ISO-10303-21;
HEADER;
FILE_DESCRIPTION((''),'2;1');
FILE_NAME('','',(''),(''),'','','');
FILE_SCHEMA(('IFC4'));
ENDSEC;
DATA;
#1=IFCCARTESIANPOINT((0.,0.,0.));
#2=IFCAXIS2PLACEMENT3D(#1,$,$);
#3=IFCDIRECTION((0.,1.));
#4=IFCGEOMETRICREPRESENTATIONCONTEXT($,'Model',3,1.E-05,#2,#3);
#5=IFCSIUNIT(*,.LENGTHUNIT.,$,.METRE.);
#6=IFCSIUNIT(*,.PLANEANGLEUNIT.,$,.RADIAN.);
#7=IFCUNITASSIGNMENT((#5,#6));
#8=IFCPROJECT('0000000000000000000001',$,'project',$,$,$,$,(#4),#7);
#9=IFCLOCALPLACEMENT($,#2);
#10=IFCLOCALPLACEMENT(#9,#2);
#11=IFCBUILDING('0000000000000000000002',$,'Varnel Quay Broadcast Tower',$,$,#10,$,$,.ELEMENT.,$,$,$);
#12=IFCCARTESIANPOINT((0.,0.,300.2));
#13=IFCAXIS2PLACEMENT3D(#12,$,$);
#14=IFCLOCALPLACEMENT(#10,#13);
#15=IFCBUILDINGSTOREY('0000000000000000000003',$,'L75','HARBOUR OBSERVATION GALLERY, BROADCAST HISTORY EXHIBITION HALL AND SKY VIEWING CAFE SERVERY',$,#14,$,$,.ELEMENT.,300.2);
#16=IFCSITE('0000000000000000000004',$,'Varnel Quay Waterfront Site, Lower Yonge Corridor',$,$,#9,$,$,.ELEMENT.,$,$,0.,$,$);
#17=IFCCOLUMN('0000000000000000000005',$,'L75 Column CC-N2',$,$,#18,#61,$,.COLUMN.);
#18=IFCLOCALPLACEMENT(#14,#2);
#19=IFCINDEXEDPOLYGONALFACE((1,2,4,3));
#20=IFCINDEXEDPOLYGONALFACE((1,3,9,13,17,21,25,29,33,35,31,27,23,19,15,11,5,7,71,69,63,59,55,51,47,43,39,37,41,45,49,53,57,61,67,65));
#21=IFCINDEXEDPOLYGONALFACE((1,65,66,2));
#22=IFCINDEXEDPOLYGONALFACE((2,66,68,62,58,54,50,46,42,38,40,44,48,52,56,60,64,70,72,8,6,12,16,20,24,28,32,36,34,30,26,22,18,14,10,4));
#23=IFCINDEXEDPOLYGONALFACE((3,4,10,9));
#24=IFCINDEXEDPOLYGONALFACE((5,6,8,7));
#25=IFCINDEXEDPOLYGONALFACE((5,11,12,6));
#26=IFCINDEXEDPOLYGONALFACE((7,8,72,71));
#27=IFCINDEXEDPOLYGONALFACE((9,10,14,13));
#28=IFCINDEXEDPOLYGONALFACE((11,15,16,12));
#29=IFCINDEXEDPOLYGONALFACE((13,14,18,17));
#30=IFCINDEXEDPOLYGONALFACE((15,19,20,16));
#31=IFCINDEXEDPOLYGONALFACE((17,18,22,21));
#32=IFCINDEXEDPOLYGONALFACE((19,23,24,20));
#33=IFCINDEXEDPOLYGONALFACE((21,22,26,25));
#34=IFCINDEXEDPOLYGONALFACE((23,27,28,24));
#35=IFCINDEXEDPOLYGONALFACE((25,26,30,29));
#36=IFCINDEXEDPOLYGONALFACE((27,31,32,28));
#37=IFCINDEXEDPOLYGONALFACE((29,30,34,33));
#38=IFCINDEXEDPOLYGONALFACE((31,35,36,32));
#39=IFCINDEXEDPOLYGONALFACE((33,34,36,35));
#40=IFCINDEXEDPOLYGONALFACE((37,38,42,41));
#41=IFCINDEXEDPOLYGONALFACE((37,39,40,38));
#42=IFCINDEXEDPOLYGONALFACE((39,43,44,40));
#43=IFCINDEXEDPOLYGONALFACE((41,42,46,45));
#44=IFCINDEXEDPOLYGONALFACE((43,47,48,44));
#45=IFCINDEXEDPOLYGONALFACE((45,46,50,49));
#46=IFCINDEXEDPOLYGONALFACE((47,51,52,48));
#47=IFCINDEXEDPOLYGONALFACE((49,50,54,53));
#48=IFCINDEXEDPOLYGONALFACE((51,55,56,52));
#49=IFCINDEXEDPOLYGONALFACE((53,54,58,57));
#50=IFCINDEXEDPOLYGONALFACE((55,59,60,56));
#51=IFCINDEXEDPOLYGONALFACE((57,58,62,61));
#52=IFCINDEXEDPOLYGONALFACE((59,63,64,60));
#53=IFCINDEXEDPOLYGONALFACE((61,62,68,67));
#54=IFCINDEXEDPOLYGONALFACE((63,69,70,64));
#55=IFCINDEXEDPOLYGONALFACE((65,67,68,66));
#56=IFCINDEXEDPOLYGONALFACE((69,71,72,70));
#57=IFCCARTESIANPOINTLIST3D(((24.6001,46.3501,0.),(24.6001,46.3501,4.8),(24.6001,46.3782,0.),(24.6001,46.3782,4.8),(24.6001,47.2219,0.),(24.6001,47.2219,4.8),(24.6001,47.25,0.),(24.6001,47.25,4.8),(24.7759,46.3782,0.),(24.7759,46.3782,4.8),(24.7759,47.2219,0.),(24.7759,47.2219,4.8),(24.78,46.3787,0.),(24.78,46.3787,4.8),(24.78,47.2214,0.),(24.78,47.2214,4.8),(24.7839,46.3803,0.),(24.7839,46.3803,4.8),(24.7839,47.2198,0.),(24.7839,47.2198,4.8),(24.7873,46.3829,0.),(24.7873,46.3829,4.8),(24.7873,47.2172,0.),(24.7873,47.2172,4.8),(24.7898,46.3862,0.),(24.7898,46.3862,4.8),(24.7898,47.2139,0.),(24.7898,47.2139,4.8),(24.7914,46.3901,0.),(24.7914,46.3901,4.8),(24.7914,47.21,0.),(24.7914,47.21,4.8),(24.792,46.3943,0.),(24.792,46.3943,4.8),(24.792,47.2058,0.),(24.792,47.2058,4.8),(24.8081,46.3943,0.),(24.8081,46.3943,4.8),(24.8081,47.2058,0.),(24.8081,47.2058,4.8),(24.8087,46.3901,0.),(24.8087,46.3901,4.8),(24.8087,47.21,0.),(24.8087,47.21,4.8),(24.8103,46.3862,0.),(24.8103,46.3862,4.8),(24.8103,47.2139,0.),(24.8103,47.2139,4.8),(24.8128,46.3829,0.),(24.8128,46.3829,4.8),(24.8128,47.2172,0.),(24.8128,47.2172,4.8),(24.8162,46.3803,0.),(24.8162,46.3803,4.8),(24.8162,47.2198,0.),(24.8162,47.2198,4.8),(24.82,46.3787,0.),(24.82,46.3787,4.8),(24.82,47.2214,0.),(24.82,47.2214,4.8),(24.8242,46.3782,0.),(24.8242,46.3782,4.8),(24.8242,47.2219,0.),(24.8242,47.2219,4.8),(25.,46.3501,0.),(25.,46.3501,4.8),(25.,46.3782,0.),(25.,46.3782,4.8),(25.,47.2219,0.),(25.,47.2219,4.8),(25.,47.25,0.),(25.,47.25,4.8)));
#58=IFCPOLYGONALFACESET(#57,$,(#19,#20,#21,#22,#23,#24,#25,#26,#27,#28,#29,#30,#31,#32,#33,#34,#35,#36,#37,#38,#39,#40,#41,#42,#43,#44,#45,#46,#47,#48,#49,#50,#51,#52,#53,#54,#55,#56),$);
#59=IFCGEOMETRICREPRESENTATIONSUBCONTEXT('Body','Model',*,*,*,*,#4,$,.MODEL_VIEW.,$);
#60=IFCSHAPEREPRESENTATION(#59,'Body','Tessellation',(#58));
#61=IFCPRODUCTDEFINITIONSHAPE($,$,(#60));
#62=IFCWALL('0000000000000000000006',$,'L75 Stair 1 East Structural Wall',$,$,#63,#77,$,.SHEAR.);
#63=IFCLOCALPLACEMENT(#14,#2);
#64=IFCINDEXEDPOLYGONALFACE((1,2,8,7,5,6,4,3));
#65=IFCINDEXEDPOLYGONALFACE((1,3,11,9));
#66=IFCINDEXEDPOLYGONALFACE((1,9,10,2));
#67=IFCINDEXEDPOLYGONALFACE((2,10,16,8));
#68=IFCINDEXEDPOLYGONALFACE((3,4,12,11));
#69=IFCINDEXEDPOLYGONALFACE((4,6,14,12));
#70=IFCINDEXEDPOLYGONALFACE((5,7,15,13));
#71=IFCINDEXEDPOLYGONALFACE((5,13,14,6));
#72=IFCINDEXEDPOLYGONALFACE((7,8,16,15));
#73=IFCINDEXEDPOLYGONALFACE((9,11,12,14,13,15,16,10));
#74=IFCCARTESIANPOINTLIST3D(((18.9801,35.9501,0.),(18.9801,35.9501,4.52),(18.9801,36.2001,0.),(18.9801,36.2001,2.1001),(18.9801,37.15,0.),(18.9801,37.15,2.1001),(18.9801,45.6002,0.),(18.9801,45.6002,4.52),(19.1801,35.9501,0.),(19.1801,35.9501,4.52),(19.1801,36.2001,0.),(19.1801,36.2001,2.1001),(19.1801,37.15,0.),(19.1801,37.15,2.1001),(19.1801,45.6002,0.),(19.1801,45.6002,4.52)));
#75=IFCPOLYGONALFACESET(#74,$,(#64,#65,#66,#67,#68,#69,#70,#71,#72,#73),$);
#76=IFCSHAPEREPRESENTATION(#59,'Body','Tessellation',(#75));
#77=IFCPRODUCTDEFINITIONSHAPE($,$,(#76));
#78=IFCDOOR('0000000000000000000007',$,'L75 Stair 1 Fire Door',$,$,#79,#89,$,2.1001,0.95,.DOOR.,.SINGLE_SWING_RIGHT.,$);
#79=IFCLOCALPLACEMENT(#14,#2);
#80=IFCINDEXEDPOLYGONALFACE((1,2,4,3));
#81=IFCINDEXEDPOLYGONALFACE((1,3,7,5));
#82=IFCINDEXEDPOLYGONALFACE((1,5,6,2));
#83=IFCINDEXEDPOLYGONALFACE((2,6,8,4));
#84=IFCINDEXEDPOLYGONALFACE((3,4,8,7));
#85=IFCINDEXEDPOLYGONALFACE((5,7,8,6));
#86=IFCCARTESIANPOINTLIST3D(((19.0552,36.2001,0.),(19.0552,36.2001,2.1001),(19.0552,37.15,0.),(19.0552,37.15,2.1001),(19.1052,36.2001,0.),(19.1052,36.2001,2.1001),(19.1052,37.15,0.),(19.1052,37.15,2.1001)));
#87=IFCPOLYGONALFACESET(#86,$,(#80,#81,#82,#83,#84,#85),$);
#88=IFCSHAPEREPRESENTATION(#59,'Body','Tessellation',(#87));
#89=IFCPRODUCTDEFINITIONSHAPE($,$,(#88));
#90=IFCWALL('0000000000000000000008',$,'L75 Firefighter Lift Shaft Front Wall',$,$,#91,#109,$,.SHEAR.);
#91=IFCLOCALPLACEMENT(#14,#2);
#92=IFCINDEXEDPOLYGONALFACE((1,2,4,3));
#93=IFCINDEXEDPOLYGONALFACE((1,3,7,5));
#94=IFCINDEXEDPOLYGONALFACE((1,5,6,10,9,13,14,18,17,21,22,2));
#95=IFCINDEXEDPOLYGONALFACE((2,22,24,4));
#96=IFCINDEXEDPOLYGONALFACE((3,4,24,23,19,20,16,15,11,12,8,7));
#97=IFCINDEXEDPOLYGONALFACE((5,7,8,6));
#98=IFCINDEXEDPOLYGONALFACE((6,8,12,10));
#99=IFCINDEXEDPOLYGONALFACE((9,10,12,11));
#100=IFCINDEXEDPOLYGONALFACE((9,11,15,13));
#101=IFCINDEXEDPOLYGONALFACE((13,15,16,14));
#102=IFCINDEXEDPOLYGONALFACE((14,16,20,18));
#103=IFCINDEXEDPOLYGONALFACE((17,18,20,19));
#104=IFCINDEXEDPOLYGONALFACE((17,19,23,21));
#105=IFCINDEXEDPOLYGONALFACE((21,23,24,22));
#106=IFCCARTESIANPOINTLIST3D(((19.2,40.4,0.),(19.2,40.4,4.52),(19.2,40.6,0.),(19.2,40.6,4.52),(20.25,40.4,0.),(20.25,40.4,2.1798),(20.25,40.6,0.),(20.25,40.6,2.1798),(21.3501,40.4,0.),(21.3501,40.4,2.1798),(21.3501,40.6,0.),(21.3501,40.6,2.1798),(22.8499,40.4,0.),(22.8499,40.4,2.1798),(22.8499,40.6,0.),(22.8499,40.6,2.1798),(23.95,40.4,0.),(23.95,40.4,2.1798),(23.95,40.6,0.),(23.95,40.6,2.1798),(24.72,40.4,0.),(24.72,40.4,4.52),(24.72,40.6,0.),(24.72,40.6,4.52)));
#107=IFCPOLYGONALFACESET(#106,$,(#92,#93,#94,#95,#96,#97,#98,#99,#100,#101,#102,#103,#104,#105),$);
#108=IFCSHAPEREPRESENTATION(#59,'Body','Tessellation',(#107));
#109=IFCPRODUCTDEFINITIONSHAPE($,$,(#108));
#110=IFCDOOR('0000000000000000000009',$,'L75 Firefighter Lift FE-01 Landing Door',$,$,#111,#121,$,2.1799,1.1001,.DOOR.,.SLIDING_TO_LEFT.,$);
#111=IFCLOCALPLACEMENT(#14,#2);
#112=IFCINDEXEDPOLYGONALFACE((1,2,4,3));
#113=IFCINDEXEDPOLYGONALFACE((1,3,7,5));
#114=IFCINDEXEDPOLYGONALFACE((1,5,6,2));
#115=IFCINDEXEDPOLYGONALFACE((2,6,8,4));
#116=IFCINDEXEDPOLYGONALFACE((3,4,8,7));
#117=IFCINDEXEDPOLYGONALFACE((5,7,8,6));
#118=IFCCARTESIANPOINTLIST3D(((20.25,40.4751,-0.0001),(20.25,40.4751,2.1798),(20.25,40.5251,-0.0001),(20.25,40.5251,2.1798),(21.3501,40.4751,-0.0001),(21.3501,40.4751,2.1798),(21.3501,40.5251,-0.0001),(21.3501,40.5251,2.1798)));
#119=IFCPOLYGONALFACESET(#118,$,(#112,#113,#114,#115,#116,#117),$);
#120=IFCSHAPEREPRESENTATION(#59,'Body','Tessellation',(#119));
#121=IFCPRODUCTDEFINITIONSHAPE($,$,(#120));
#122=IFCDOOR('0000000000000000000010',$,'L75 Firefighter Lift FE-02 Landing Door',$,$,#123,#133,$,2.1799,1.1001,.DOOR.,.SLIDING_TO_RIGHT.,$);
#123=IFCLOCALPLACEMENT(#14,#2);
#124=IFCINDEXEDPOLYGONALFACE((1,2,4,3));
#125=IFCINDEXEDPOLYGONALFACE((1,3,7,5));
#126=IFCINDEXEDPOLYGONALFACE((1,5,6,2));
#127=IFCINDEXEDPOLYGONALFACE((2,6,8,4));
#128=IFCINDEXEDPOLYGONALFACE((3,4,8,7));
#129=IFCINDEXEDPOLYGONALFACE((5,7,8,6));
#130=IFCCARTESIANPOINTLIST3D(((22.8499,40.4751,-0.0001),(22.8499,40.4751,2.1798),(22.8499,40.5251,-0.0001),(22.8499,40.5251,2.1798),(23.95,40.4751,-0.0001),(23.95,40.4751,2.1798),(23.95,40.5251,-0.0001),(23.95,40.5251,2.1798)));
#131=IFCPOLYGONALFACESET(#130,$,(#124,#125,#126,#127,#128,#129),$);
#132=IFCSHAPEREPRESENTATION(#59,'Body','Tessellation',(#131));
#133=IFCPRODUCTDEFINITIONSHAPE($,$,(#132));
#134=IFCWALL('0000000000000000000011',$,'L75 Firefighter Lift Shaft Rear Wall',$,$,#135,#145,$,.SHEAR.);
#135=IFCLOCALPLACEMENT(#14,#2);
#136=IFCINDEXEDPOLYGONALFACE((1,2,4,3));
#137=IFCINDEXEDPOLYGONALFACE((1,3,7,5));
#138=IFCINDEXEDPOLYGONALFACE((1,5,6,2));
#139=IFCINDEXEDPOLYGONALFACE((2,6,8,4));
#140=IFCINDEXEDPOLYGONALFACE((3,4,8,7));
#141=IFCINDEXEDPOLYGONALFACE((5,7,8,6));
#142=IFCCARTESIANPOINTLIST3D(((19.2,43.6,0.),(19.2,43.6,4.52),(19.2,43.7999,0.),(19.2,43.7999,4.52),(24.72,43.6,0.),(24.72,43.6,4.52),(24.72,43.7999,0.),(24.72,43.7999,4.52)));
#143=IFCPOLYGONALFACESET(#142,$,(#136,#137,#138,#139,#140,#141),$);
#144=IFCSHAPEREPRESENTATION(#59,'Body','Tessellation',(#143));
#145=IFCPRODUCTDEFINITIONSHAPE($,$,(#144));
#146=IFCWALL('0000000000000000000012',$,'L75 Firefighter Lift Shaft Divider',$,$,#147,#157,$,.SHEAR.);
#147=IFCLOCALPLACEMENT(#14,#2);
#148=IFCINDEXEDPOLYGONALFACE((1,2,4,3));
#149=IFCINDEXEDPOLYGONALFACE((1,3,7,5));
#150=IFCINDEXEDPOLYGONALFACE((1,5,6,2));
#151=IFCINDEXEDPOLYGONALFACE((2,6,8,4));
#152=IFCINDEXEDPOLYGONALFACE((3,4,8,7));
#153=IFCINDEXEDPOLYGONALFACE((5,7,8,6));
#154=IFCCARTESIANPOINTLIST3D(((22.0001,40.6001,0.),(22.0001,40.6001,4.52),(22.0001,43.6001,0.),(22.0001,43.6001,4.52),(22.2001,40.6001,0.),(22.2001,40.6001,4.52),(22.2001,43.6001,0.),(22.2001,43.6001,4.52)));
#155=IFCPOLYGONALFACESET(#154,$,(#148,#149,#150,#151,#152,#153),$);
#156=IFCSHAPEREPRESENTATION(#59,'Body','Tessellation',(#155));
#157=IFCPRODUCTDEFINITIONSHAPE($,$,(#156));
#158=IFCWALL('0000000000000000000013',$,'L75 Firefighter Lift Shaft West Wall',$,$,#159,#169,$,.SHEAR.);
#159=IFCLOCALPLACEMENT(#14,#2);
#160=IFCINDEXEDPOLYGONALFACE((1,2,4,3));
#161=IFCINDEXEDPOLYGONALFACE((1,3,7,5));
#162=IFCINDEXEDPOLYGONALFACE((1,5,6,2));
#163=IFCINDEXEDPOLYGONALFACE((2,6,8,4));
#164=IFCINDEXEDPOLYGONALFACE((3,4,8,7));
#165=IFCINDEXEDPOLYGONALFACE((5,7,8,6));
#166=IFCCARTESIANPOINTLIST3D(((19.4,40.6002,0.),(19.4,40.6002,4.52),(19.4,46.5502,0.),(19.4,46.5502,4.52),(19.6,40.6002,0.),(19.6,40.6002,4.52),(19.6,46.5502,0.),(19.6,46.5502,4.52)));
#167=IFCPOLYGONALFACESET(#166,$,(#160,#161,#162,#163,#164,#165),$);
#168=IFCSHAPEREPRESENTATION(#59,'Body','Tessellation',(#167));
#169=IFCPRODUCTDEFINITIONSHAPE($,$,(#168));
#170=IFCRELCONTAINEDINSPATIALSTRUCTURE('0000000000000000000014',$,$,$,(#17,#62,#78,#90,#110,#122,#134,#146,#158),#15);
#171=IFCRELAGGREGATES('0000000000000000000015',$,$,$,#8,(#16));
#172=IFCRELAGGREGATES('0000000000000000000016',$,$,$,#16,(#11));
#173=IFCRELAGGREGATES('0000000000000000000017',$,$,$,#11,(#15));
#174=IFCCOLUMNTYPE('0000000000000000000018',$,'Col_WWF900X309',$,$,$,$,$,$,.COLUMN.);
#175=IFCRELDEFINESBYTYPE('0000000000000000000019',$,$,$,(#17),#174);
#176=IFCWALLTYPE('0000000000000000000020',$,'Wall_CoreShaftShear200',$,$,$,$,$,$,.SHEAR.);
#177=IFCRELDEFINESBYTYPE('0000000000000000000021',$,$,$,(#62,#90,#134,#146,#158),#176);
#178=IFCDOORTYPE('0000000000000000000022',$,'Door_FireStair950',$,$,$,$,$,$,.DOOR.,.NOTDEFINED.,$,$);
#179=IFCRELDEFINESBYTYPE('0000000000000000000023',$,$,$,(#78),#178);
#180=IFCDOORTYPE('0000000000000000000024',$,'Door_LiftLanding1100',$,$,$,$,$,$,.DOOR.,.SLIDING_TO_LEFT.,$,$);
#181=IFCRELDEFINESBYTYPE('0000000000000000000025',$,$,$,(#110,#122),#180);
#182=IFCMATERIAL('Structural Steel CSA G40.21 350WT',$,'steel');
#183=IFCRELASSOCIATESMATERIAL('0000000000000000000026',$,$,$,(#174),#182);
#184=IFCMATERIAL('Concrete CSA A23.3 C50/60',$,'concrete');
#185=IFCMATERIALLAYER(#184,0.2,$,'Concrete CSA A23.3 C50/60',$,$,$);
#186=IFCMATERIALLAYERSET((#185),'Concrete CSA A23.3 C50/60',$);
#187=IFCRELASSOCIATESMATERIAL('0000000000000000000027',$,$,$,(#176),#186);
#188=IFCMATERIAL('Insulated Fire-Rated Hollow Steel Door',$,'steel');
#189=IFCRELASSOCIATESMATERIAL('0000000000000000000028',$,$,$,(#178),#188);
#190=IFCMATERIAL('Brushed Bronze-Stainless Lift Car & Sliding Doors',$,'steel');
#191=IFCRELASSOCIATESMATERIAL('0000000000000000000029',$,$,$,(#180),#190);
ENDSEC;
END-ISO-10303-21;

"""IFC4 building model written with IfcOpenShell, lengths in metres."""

from ifc_helpers import new_model, si_unit, direction, frame, frame_2d, origin, origin_2d, place, context, subcontext, project, spatial, rectangle, i_section, extrude, source, transform, mapped, material, layer, layer_set, material_profile, profile_set, type_object, type_shapes, element, fill, save


model = new_model("IFC4")

# Units and contexts
model_context = context("Model", 3, precision=1e-05, world=origin(), true_north=direction((0.0, 1.0)))
body_context = subcontext(model_context, "Body", "Model", "MODEL_VIEW")
ifc_project = project(units=[si_unit("LENGTHUNIT", "METRE"), si_unit("PLANEANGLEUNIT", "RADIAN")], contexts=[model_context])

# Site, building, storey
site_placement = place(None, origin())
site = spatial("IfcSite", under=ifc_project, at=site_placement, Name="Varnel Quay Waterfront Site, Lower Yonge Corridor", CompositionType="ELEMENT", RefElevation=0.0)
building_placement = place(site_placement, origin())
building = spatial("IfcBuilding", under=site, at=building_placement, Name="Varnel Quay Broadcast Tower", CompositionType="ELEMENT")
storey_placement = place(building_placement, frame((0.0, 0.0, 300.2)))
storey = spatial("IfcBuildingStorey", under=building, at=storey_placement, Name="L75", Description="HARBOUR OBSERVATION GALLERY, BROADCAST HISTORY EXHIBITION HALL AND SKY VIEWING CAFE SERVERY", CompositionType="ELEMENT", Elevation=300.2)

# Column
ifc_material_1 = material(Name="Structural Steel CSA G40.21 350WT", Category="steel")
ifc_material_profile = material_profile(ifc_material_1, i_section(OverallWidth=0.3999, OverallDepth=0.8999, WebThickness=0.0161, FlangeThickness=0.0281, FilletRadius=0.0161, at=origin_2d()), Name="WWF900X309")
ifc_profile_set = profile_set([ifc_material_profile], Name="Structural Steel CSA G40.21 350WT")
column_type = type_object("IfcColumnType", Name="Col_WWF900X309", PredefinedType="COLUMN", material=ifc_profile_set)
shared_shape_1 = source(origin(), body_context, "Body", "SweptSolid", [
    extrude(i_section(OverallWidth=0.3999, OverallDepth=0.8999, WebThickness=0.0161, FlangeThickness=0.0281, FilletRadius=0.0161, at=origin_2d()), origin(), (0.0, 0.0, 1.0), 4.8),
])
type_shapes(column_type, [shared_shape_1])
column_placement = place(storey_placement, frame((24.8, 46.8, 0.0), z_axis=(0.0, 0.0, 1.0), x_axis=(1.0, 0.0, 0.0)))
element("IfcColumn", 1, at=column_placement, inside=storey, type_object=column_type, Name="L75 Column CC-N2", PredefinedType="COLUMN", context=body_context, shape_type="MappedRepresentation", body=[
    mapped(shared_shape_1, transform((0.0, 0.0, 0.0), x_axis=(1.0, 0.0, 0.0), y_axis=(0.0, 1.0, 0.0), z_axis=(0.0, 0.0, 1.0), scale=1.0)),
])

# Wall, opening, door
ifc_material_2 = material(Name="Concrete CSA A23.3 C50/60", Category="concrete")
ifc_layer_1 = layer(ifc_material_2, 0.2, Name="Concrete CSA A23.3 C50/60")
ifc_layer_set_1 = layer_set([ifc_layer_1], Name="Concrete CSA A23.3 C50/60")
wall_type_1 = type_object("IfcWallType", Name="Wall_CoreShaftShear200", PredefinedType="SHEAR", material=ifc_layer_set_1)
wall_1_placement = place(storey_placement, frame((19.0801, 35.95, 0.0), z_axis=(0.0, 0.0, 1.0), x_axis=(0.0, 1.0, 0.0)))
wall_1 = element("IfcWall", 2, at=wall_1_placement, inside=storey, type_object=wall_type_1, Name="L75 Stair 1 East Structural Wall", PredefinedType="SHEAR", context=body_context, shape_type="SweptSolid", body=[
    extrude(rectangle(XDim=9.6501, YDim=0.2, at=frame_2d((4.8252, 0.0))), origin(), (0.0, 0.0, 1.0), 4.52),
])
opening_1_placement = place(wall_1_placement, frame((0.25, 0.0, 0.0)))
opening_1 = element("IfcOpeningElement", 3, at=opening_1_placement, cuts=wall_1, PredefinedType="OPENING", context=body_context, shape_type="SweptSolid", body=[
    extrude(rectangle(XDim=0.95, YDim=2.1001, at=frame_2d((0.4751, 1.05))), frame((0.0, 0.1099, 0.0), z_axis=(0.0, -1.0, 0.0), x_axis=(1.0, 0.0, 0.0)), (0.0, 0.0, 1.0), 0.22),
])
ifc_material_3 = material(Name="Insulated Fire-Rated Hollow Steel Door", Category="steel")
door_type_1 = type_object("IfcDoorType", Name="Door_FireStair950", OperationType="NOTDEFINED", PredefinedType="DOOR", material=ifc_material_3)
shared_shape_2 = source(origin(), body_context, "Body", "SweptSolid", [
    extrude(rectangle(XDim=0.95, YDim=2.1001, at=frame_2d((0.4751, 1.05))), frame((0.0, 0.0249, 0.0), z_axis=(0.0, -1.0, 0.0), x_axis=(1.0, 0.0, 0.0)), (0.0, 0.0, 1.0), 0.05),
])
type_shapes(door_type_1, [shared_shape_2])
door_1_placement = place(opening_1_placement, origin())
door_1 = element("IfcDoor", 4, at=door_1_placement, inside=storey, type_object=door_type_1, Name="L75 Stair 1 Fire Door", OperationType="SINGLE_SWING_RIGHT", OverallHeight=2.1001, OverallWidth=0.95, PredefinedType="DOOR", context=body_context, shape_type="MappedRepresentation", body=[
    mapped(shared_shape_2, transform((0.0, 0.0, 0.0), x_axis=(1.0, 0.0, 0.0), y_axis=(0.0, 1.0, 0.0), z_axis=(0.0, 0.0, 1.0), scale=1.0)),
])
fill(opening_1, door_1)

# Wall, openings, doors
wall_2_placement = place(storey_placement, frame((19.2, 40.5, 0.0), z_axis=(0.0, 0.0, 1.0), x_axis=(1.0, 0.0, 0.0)))
wall_2 = element("IfcWall", 5, at=wall_2_placement, inside=storey, type_object=wall_type_1, Name="L75 Firefighter Lift Shaft Front Wall", PredefinedType="SHEAR", context=body_context, shape_type="SweptSolid", body=[
    extrude(rectangle(XDim=5.52, YDim=0.2, at=frame_2d((2.76, 0.0))), origin(), (0.0, 0.0, 1.0), 4.52),
])
opening_2_placement = place(wall_2_placement, frame((1.05, 0.0, 0.0)))
opening_2 = element("IfcOpeningElement", 6, at=opening_2_placement, cuts=wall_2, PredefinedType="OPENING", context=body_context, shape_type="SweptSolid", body=[
    extrude(rectangle(XDim=1.1001, YDim=2.1799, at=frame_2d((0.55, 1.0898))), frame((0.0, 0.1099, 0.0), z_axis=(0.0, -1.0, 0.0), x_axis=(1.0, 0.0, 0.0)), (0.0, 0.0, 1.0), 0.22),
])
opening_3_placement = place(wall_2_placement, frame((3.6499, 0.0, 0.0)))
opening_3 = element("IfcOpeningElement", 7, at=opening_3_placement, cuts=wall_2, PredefinedType="OPENING", context=body_context, shape_type="SweptSolid", body=[
    extrude(rectangle(XDim=1.1001, YDim=2.1799, at=frame_2d((0.55, 1.0898))), frame((0.0, 0.1099, 0.0), z_axis=(0.0, -1.0, 0.0), x_axis=(1.0, 0.0, 0.0)), (0.0, 0.0, 1.0), 0.22),
])
ifc_material_4 = material(Name="Brushed Bronze-Stainless Lift Car & Sliding Doors", Category="steel")
door_type_2 = type_object("IfcDoorType", Name="Door_LiftLanding1100", OperationType="SLIDING_TO_LEFT", PredefinedType="DOOR", material=ifc_material_4)
shared_shape_3 = source(origin(), body_context, "Body", "SweptSolid", [
    extrude(rectangle(XDim=1.1001, YDim=2.1799, at=frame_2d((0.55, 1.0898))), frame((0.0, 0.0249, 0.0), z_axis=(0.0, -1.0, 0.0), x_axis=(1.0, 0.0, 0.0)), (0.0, 0.0, 1.0), 0.05),
])
type_shapes(door_type_2, [shared_shape_3])
door_2_placement = place(opening_2_placement, frame((1.1001, 0.0, 0.0), z_axis=(0.0, 0.0, 1.0), x_axis=(-1.0, 0.0, 0.0)))
door_2 = element("IfcDoor", 8, at=door_2_placement, inside=storey, type_object=door_type_2, Name="L75 Firefighter Lift FE-01 Landing Door", OperationType="SLIDING_TO_LEFT", OverallHeight=2.1799, OverallWidth=1.1001, PredefinedType="DOOR", context=body_context, shape_type="MappedRepresentation", body=[
    mapped(shared_shape_3, transform((0.0, 0.0, 0.0), x_axis=(1.0, 0.0, 0.0), y_axis=(0.0, 1.0, 0.0), z_axis=(0.0, 0.0, 1.0), scale=1.0)),
])
fill(opening_2, door_2)
door_3_placement = place(opening_3_placement, frame((1.1001, 0.0, 0.0), z_axis=(0.0, 0.0, 1.0), x_axis=(-1.0, 0.0, 0.0)))
door_3 = element("IfcDoor", 9, at=door_3_placement, inside=storey, type_object=door_type_2, Name="L75 Firefighter Lift FE-02 Landing Door", OperationType="SLIDING_TO_RIGHT", OverallHeight=2.1799, OverallWidth=1.1001, PredefinedType="DOOR", context=body_context, shape_type="MappedRepresentation", body=[
    mapped(shared_shape_3, transform((0.0, 0.0, 0.0), x_axis=(1.0, 0.0, 0.0), y_axis=(0.0, 1.0, 0.0), z_axis=(0.0, 0.0, 1.0), scale=1.0)),
])
fill(opening_3, door_3)

# Walls
wall_3_placement = place(storey_placement, frame((19.2, 43.7, 0.0), z_axis=(0.0, 0.0, 1.0), x_axis=(1.0, 0.0, 0.0)))
element("IfcWall", 10, at=wall_3_placement, inside=storey, type_object=wall_type_1, Name="L75 Firefighter Lift Shaft Rear Wall", PredefinedType="SHEAR", context=body_context, shape_type="SweptSolid", body=[
    extrude(rectangle(XDim=5.52, YDim=0.2, at=frame_2d((2.76, 0.0))), origin(), (0.0, 0.0, 1.0), 4.52),
])
wall_4_placement = place(storey_placement, frame((22.1001, 40.6001, 0.0), z_axis=(0.0, 0.0, 1.0), x_axis=(0.0, 1.0, 0.0)))
element("IfcWall", 11, at=wall_4_placement, inside=storey, type_object=wall_type_1, Name="L75 Firefighter Lift Shaft Divider", PredefinedType="SHEAR", context=body_context, shape_type="SweptSolid", body=[
    extrude(rectangle(XDim=3.0, YDim=0.2, at=frame_2d((1.5, 0.0))), origin(), (0.0, 0.0, 1.0), 4.52),
])
wall_5_placement = place(storey_placement, frame((19.5, 40.6001, 0.0), z_axis=(0.0, 0.0, 1.0), x_axis=(0.0, 1.0, 0.0)))
element("IfcWall", 12, at=wall_5_placement, inside=storey, type_object=wall_type_1, Name="L75 Firefighter Lift Shaft West Wall", PredefinedType="SHEAR", context=body_context, shape_type="SweptSolid", body=[
    extrude(rectangle(XDim=5.95, YDim=0.2, at=frame_2d((2.9751, 0.0))), origin(), (0.0, 0.0, 1.0), 4.52),
])

save(model, "model.ifc")
